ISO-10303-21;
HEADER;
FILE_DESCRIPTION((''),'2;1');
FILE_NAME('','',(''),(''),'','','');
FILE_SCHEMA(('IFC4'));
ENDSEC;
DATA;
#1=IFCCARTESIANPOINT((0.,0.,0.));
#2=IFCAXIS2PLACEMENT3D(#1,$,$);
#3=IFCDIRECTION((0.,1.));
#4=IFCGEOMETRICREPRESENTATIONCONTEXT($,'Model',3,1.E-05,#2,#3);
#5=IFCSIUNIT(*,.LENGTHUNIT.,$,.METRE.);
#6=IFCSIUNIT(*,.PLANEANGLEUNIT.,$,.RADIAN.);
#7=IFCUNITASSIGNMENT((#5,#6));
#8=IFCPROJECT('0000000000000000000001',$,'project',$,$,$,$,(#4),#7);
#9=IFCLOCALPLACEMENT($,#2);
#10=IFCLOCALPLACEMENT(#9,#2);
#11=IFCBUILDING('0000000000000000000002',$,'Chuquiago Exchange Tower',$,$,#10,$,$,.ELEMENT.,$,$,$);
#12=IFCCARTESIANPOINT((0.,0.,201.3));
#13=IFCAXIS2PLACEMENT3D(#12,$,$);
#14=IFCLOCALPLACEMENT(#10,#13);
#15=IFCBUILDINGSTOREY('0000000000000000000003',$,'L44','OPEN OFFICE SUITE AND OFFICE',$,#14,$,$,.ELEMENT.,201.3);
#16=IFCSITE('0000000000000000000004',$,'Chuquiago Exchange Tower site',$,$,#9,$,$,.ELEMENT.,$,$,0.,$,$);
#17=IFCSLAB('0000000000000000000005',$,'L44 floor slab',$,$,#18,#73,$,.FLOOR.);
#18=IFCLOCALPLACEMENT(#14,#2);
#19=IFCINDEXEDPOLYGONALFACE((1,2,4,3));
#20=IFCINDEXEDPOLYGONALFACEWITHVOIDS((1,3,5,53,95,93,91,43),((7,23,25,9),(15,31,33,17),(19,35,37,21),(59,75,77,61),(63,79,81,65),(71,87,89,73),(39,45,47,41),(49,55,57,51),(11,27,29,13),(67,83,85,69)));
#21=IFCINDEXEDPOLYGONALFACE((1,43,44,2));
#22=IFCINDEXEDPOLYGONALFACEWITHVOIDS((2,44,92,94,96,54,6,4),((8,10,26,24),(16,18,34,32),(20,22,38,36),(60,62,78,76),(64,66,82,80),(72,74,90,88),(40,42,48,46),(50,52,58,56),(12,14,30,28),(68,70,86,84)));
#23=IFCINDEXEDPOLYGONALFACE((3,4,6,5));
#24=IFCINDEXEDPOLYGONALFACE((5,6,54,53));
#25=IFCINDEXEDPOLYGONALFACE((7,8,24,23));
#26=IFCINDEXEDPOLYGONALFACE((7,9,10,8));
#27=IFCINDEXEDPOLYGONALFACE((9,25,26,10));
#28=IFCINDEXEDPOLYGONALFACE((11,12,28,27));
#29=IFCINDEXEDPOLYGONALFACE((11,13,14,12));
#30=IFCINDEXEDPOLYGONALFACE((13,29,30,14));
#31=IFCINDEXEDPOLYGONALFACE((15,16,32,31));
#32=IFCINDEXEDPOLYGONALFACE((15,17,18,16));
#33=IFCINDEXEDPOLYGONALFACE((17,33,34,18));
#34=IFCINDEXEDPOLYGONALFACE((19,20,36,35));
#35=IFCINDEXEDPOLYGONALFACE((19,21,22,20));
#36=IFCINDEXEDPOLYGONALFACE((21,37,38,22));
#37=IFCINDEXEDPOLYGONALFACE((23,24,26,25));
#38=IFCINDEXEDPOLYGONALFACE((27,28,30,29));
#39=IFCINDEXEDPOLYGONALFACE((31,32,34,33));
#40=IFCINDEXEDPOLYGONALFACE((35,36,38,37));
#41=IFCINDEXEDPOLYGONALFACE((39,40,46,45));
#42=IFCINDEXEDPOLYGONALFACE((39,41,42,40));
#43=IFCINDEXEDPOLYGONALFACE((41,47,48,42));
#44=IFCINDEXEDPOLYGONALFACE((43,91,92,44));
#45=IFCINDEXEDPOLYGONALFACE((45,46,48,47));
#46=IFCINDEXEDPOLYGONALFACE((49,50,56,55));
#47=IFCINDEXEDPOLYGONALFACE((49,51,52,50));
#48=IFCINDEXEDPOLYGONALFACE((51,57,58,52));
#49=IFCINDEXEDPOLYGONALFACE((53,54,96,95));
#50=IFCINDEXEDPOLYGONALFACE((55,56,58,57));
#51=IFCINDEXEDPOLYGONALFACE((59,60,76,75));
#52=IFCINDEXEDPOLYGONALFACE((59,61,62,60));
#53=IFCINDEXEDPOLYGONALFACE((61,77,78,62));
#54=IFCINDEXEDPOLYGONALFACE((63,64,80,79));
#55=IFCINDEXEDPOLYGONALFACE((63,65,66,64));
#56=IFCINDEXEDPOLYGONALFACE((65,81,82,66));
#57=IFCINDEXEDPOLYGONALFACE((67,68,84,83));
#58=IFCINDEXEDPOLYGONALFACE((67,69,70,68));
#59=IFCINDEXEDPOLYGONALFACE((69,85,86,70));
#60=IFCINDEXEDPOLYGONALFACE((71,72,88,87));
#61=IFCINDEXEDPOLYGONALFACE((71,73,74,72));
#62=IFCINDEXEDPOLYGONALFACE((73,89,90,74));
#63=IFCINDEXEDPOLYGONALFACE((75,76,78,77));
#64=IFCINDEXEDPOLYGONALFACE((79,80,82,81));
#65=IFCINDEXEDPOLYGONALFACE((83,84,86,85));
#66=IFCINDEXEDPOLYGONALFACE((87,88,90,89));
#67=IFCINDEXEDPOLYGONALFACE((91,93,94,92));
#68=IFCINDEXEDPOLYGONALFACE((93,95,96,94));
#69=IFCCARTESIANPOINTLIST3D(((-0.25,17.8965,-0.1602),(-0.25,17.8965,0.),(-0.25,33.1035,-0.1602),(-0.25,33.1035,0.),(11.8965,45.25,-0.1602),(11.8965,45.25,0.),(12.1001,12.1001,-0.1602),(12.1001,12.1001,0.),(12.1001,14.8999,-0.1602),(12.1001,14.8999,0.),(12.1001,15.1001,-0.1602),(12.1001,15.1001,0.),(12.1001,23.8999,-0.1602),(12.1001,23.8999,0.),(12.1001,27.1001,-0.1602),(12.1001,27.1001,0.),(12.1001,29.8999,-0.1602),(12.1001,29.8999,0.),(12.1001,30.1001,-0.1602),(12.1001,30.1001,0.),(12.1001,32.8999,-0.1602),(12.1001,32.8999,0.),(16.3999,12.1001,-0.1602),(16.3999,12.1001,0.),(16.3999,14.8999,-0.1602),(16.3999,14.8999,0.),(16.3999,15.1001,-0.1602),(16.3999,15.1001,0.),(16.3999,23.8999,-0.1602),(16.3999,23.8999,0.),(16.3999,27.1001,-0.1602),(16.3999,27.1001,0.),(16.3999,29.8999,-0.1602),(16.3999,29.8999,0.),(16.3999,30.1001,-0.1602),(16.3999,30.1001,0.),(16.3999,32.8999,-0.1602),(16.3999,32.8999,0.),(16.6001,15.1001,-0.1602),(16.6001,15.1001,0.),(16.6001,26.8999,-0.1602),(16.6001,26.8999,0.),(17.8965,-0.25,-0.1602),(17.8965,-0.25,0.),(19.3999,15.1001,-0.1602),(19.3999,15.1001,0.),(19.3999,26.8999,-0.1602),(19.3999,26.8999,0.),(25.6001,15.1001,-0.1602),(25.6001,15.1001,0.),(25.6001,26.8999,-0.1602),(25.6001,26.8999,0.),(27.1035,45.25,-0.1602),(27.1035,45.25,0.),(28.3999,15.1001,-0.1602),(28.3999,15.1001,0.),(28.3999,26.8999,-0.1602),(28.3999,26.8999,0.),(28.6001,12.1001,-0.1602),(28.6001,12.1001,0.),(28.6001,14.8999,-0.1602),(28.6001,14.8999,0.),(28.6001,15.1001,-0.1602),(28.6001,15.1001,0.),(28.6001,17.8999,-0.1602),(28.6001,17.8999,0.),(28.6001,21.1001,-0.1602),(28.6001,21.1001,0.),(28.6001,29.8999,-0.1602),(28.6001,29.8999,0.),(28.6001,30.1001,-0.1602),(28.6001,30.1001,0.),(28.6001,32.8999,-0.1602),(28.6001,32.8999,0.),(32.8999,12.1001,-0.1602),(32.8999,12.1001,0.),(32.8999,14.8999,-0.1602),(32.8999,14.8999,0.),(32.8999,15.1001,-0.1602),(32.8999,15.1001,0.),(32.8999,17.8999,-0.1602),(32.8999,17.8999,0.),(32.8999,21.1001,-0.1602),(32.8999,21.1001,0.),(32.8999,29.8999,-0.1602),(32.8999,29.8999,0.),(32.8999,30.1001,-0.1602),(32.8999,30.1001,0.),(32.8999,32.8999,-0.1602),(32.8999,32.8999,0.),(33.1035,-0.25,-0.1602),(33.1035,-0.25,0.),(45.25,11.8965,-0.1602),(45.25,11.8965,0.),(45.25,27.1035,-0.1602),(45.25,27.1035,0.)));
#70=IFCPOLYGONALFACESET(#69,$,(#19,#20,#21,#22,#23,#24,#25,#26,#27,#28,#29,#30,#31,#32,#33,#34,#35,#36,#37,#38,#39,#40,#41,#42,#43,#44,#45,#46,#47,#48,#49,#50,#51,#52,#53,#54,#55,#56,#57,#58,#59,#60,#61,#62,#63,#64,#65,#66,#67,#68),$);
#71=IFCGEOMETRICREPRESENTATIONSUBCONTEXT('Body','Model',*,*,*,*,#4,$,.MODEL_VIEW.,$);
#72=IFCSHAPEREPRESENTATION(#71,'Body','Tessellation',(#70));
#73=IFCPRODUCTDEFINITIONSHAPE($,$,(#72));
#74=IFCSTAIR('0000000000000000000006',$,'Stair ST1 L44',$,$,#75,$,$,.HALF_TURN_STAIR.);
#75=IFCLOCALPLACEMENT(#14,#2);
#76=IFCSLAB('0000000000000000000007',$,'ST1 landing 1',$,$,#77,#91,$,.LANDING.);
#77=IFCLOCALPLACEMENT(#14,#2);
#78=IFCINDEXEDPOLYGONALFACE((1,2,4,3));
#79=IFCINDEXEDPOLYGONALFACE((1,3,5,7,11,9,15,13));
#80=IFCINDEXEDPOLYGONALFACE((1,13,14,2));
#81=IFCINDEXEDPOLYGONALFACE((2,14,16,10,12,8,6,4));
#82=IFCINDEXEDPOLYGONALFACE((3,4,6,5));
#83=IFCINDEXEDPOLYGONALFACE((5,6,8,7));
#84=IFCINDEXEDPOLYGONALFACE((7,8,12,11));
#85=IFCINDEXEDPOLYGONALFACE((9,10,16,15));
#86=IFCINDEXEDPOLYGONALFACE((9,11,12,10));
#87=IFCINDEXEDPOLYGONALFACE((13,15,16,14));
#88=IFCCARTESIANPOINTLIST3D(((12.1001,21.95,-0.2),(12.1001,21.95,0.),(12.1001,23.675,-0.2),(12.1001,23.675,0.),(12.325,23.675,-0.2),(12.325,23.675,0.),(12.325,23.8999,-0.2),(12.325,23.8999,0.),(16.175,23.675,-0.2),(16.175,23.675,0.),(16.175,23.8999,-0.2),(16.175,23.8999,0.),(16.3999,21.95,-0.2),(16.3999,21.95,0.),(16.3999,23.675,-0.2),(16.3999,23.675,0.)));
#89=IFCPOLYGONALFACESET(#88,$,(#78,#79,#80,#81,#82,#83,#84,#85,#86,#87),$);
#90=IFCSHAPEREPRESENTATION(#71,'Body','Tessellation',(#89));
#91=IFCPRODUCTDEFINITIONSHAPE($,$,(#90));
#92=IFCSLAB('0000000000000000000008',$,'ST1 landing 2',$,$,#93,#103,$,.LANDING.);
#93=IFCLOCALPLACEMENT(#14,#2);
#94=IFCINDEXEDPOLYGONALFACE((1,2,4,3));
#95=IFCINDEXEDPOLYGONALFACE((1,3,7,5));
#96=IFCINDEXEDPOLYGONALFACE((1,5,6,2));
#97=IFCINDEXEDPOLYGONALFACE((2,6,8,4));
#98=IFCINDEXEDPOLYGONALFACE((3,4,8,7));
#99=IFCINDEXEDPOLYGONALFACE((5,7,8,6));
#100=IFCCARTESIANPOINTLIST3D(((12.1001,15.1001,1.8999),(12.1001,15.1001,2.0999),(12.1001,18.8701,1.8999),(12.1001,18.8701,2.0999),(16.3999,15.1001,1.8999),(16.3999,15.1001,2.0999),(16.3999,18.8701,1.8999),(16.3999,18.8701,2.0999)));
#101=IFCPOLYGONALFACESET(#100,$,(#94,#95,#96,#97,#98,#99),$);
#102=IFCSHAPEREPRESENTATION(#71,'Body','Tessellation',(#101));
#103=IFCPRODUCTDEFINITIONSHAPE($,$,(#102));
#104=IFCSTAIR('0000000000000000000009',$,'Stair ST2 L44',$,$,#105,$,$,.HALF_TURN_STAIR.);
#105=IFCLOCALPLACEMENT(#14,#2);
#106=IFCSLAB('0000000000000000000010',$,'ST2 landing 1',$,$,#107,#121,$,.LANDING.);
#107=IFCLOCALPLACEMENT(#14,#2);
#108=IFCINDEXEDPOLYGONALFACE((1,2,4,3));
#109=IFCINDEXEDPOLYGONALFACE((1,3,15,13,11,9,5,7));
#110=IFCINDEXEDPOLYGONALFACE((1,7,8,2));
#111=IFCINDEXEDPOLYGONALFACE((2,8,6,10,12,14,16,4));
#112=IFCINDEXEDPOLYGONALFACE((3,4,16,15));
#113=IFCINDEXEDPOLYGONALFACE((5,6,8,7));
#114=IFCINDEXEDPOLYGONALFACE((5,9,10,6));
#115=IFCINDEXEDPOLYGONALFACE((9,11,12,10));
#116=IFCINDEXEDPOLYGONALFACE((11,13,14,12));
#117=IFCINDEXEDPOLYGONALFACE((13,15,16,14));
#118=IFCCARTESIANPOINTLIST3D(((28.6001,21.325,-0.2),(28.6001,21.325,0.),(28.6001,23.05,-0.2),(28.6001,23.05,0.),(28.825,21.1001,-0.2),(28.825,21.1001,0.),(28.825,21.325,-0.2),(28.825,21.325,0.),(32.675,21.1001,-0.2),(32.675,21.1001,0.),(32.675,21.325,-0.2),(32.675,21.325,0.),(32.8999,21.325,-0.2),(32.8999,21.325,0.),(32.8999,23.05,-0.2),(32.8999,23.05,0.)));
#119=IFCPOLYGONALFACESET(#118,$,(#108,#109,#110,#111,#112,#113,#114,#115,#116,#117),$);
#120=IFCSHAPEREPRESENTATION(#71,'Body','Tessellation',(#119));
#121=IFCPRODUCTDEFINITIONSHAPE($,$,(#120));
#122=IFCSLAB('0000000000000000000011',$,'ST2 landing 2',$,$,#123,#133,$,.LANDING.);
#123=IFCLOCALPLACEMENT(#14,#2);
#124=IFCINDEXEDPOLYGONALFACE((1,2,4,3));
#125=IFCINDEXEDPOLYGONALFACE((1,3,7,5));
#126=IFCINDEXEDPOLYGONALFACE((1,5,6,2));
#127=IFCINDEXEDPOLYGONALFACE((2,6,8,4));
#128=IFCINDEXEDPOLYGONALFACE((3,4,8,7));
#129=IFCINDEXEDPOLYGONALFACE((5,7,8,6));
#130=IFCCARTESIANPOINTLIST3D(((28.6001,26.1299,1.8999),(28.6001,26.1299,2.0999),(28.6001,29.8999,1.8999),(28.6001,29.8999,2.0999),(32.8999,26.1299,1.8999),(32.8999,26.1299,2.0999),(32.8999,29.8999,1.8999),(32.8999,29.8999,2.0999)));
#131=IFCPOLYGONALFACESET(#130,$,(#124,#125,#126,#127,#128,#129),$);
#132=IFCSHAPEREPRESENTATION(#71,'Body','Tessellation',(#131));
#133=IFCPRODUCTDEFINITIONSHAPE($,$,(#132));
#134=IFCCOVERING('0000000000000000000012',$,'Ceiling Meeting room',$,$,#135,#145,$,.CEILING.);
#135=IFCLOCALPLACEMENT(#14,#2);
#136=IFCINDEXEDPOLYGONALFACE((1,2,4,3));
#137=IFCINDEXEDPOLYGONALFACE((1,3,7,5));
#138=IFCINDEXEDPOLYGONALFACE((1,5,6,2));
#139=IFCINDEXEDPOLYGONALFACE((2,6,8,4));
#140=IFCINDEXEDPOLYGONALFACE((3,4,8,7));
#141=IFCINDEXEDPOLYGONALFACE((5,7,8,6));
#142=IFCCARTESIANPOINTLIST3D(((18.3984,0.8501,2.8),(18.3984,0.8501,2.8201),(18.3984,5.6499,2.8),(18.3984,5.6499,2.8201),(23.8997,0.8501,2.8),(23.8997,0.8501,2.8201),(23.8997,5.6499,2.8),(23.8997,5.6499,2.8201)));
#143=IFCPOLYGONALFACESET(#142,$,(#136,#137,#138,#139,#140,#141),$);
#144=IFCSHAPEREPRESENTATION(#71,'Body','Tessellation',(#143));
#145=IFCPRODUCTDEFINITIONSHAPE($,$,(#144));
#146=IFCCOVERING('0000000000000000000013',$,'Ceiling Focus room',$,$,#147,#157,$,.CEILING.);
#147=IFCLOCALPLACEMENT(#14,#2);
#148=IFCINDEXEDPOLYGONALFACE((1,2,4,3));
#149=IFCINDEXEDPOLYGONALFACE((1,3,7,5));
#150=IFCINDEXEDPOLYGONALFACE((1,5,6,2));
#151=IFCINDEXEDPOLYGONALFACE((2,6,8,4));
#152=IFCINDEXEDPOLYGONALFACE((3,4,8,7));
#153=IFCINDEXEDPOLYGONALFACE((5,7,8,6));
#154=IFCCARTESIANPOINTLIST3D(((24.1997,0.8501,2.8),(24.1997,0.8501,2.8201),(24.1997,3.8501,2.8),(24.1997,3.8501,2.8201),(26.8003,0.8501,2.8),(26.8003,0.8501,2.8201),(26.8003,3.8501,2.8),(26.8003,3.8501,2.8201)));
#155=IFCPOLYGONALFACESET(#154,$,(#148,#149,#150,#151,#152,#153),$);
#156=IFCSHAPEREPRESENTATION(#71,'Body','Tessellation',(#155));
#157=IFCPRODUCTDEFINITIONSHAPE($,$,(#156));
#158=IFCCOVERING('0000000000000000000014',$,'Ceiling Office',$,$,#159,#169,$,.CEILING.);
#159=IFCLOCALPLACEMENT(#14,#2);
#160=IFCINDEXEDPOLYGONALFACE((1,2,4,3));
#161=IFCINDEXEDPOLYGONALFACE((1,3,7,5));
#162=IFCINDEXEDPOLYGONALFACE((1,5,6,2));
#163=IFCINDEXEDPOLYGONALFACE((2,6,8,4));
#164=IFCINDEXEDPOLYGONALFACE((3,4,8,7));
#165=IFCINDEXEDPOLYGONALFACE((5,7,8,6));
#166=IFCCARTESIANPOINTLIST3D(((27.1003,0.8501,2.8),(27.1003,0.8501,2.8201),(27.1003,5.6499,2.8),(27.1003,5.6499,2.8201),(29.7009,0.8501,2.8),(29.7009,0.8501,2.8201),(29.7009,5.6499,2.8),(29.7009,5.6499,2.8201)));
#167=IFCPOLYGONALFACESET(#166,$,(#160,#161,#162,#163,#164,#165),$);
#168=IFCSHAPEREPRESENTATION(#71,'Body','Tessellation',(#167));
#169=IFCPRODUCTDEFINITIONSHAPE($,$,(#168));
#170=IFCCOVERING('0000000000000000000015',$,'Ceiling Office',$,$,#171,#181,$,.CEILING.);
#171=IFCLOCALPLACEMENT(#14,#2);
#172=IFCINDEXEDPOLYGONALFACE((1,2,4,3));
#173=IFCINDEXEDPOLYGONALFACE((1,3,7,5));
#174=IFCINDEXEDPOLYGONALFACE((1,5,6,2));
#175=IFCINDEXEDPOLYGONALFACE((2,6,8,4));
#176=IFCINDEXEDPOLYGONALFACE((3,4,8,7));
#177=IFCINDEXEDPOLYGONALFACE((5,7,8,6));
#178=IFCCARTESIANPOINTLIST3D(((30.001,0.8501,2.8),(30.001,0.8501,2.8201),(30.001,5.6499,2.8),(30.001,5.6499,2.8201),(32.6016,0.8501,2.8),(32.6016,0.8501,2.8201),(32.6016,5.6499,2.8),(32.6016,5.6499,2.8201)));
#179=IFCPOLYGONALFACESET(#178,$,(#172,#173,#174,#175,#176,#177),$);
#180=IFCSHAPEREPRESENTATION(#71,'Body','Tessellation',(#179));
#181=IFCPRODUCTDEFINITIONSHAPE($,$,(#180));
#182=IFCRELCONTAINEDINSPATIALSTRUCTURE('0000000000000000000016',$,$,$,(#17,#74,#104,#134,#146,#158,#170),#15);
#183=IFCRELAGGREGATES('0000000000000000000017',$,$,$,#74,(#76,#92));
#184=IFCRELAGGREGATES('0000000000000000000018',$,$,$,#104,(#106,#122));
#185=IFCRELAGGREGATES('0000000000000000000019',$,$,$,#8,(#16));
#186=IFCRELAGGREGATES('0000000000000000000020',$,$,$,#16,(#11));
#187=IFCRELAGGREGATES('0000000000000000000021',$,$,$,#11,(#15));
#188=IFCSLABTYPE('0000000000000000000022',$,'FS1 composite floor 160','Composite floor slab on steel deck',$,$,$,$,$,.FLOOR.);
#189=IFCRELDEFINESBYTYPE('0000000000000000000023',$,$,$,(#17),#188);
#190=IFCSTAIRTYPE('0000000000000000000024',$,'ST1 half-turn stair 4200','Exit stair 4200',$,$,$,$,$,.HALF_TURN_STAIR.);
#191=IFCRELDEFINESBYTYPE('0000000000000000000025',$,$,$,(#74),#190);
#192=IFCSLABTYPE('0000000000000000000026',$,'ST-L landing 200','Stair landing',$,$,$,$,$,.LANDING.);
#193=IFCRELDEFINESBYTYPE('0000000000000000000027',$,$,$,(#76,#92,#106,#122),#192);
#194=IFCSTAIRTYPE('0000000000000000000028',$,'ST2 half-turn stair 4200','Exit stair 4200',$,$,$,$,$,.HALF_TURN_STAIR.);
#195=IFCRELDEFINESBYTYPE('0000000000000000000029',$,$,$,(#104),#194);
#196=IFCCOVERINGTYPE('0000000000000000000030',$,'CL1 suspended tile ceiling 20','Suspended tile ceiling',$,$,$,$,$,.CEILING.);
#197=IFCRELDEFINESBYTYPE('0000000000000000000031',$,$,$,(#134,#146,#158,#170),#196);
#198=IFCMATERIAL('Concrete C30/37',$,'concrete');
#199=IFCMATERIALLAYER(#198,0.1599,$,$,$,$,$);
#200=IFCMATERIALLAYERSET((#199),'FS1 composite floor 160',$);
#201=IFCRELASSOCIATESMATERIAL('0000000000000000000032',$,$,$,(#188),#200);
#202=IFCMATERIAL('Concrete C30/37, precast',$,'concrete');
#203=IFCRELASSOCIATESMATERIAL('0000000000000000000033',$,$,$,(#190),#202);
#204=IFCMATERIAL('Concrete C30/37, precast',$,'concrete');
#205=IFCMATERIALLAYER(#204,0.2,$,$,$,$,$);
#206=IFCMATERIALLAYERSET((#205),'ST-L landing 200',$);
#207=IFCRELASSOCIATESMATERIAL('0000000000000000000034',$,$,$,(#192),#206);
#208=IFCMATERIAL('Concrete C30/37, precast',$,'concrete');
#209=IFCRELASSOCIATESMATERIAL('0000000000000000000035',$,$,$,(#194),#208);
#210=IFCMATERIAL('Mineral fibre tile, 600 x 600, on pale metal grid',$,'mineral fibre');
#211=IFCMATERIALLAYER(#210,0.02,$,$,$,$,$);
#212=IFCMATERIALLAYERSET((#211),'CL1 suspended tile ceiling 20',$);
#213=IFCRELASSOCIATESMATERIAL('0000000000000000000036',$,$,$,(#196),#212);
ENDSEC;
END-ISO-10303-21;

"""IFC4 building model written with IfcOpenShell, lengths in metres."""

from ifc_helpers import new_model, si_unit, direction, frame, origin, place, context, subcontext, project, spatial, polyline, outline, extrude, material, layer, layer_set, type_object, element, aggregate, save


model = new_model("IFC4")

# Units and contexts
model_context = context("Model", 3, precision=1e-05, world=origin(), true_north=direction((0.0, 1.0)))
body_context = subcontext(model_context, "Body", "Model", "MODEL_VIEW")
ifc_project = project(units=[si_unit("LENGTHUNIT", "METRE"), si_unit("PLANEANGLEUNIT", "RADIAN")], contexts=[model_context])

# Site, building, storey
site_placement = place(None, origin())
site = spatial("IfcSite", under=ifc_project, at=site_placement, Name="Chuquiago Exchange Tower site", CompositionType="ELEMENT", RefElevation=0.0)
building_placement = place(site_placement, origin())
building = spatial("IfcBuilding", under=site, at=building_placement, Name="Chuquiago Exchange Tower", CompositionType="ELEMENT")
storey_placement = place(building_placement, frame((0.0, 0.0, 201.3)))
storey = spatial("IfcBuildingStorey", under=building, at=storey_placement, Name="L44", Description="OPEN OFFICE SUITE AND OFFICE", CompositionType="ELEMENT", Elevation=201.3)

# Slab
ifc_material_1 = material(Name="Concrete C30/37", Category="concrete")
ifc_layer_1 = layer(ifc_material_1, 0.1599)
ifc_layer_set_1 = layer_set([ifc_layer_1], Name="FS1 composite floor 160")
slab_type_1 = type_object("IfcSlabType", Name="FS1 composite floor 160", Description="Composite floor slab on steel deck", PredefinedType="FLOOR", material=ifc_layer_set_1)
slab_1_placement = place(storey_placement, frame((0.0, 0.0, -0.1602)))
element("IfcSlab", 1, at=slab_1_placement, inside=storey, type_object=slab_type_1, Name="L44 floor slab", PredefinedType="FLOOR", context=body_context, shape_type="SweptSolid", body=[
    extrude(outline(polyline([(17.8965, -0.25), (-0.25, 17.8965), (-0.25, 33.1035), (11.8965, 45.25), (27.1035, 45.25), (45.25, 27.1035), (45.25, 11.8965), (33.1035, -0.25), (17.8965, -0.25)]), holes=[polyline([(16.3999, 15.1001), (12.1001, 15.1001), (12.1001, 23.8999), (16.3999, 23.8999), (16.3999, 15.1001)]), polyline([(32.8999, 21.1001), (28.6001, 21.1001), (28.6001, 29.8999), (32.8999, 29.8999), (32.8999, 21.1001)]), polyline([(16.3999, 12.1001), (12.1001, 12.1001), (12.1001, 14.8999), (16.3999, 14.8999), (16.3999, 12.1001)]), polyline([(16.3999, 30.1001), (12.1001, 30.1001), (12.1001, 32.8999), (16.3999, 32.8999), (16.3999, 30.1001)]), polyline([(32.8999, 12.1001), (28.6001, 12.1001), (28.6001, 14.8999), (32.8999, 14.8999), (32.8999, 12.1001)]), polyline([(32.8999, 30.1001), (28.6001, 30.1001), (28.6001, 32.8999), (32.8999, 32.8999), (32.8999, 30.1001)]), polyline([(16.3999, 27.1001), (12.1001, 27.1001), (12.1001, 29.8999), (16.3999, 29.8999), (16.3999, 27.1001)]), polyline([(32.8999, 15.1001), (28.6001, 15.1001), (28.6001, 17.8999), (32.8999, 17.8999), (32.8999, 15.1001)]), polyline([(19.3999, 15.1001), (16.6001, 15.1001), (16.6001, 26.8999), (19.3999, 26.8999), (19.3999, 15.1001)]), polyline([(28.3999, 15.1001), (25.6001, 15.1001), (25.6001, 26.8999), (28.3999, 26.8999), (28.3999, 15.1001)])]), origin(), (0.0, 0.0, 1.0), 0.1602),
])

# Stairs, slabs
ifc_material_2 = material(Name="Concrete C30/37, precast", Category="concrete")
stair_type_1 = type_object("IfcStairType", Name="ST1 half-turn stair 4200", Description="Exit stair 4200", PredefinedType="HALF_TURN_STAIR", material=ifc_material_2)
stair_1_placement = place(storey_placement, origin())
stair_1 = element("IfcStair", 2, at=stair_1_placement, inside=storey, type_object=stair_type_1, Name="Stair ST1 L44", PredefinedType="HALF_TURN_STAIR")
ifc_material_3 = material(Name="Concrete C30/37, precast", Category="concrete")
ifc_layer_2 = layer(ifc_material_3, 0.2)
ifc_layer_set_2 = layer_set([ifc_layer_2], Name="ST-L landing 200")
slab_type_2 = type_object("IfcSlabType", Name="ST-L landing 200", Description="Stair landing", PredefinedType="LANDING", material=ifc_layer_set_2)
slab_2_placement = place(storey_placement, frame((0.0, 0.0, -0.2)))
slab_2 = element("IfcSlab", 3, at=slab_2_placement, type_object=slab_type_2, Name="ST1 landing 1", PredefinedType="LANDING", context=body_context, shape_type="SweptSolid", body=[
    extrude(outline(polyline([(12.325, 23.8999), (16.175, 23.8999), (16.175, 23.675), (16.3999, 23.675), (16.3999, 21.95), (12.1001, 21.95), (12.1001, 23.675), (12.325, 23.675), (12.325, 23.8999)])), origin(), (0.0, 0.0, 1.0), 0.2),
])
slab_3_placement = place(storey_placement, frame((0.0, 0.0, 1.8999)))
slab_3 = element("IfcSlab", 4, at=slab_3_placement, type_object=slab_type_2, Name="ST1 landing 2", PredefinedType="LANDING", context=body_context, shape_type="SweptSolid", body=[
    extrude(outline(polyline([(12.1001, 18.8701), (16.3999, 18.8701), (16.3999, 15.1001), (12.1001, 15.1001), (12.1001, 18.8701)])), origin(), (0.0, 0.0, 1.0), 0.2),
])
aggregate(stair_1, [slab_2, slab_3])
ifc_material_4 = material(Name="Concrete C30/37, precast", Category="concrete")
stair_type_2 = type_object("IfcStairType", Name="ST2 half-turn stair 4200", Description="Exit stair 4200", PredefinedType="HALF_TURN_STAIR", material=ifc_material_4)
stair_2_placement = place(storey_placement, origin())
stair_2 = element("IfcStair", 5, at=stair_2_placement, inside=storey, type_object=stair_type_2, Name="Stair ST2 L44", PredefinedType="HALF_TURN_STAIR")
slab_4_placement = place(storey_placement, frame((0.0, 0.0, -0.2)))
slab_4 = element("IfcSlab", 6, at=slab_4_placement, type_object=slab_type_2, Name="ST2 landing 1", PredefinedType="LANDING", context=body_context, shape_type="SweptSolid", body=[
    extrude(outline(polyline([(32.675, 21.325), (32.675, 21.1001), (28.825, 21.1001), (28.825, 21.325), (28.6001, 21.325), (28.6001, 23.05), (32.8999, 23.05), (32.8999, 21.325), (32.675, 21.325)])), origin(), (0.0, 0.0, 1.0), 0.2),
])
slab_5_placement = place(storey_placement, frame((0.0, 0.0, 1.8999)))
slab_5 = element("IfcSlab", 7, at=slab_5_placement, type_object=slab_type_2, Name="ST2 landing 2", PredefinedType="LANDING", context=body_context, shape_type="SweptSolid", body=[
    extrude(outline(polyline([(28.6001, 29.8999), (32.8999, 29.8999), (32.8999, 26.1299), (28.6001, 26.1299), (28.6001, 29.8999)])), origin(), (0.0, 0.0, 1.0), 0.2),
])
aggregate(stair_2, [slab_4, slab_5])

# Coverings
ifc_material_5 = material(Name="Mineral fibre tile, 600 x 600, on pale metal grid", Category="mineral fibre")
ifc_layer_3 = layer(ifc_material_5, 0.02)
ifc_layer_set_3 = layer_set([ifc_layer_3], Name="CL1 suspended tile ceiling 20")
covering_type_1 = type_object("IfcCoveringType", Name="CL1 suspended tile ceiling 20", Description="Suspended tile ceiling", PredefinedType="CEILING", material=ifc_layer_set_3)
covering_1_placement = place(storey_placement, frame((0.0, 0.0, 2.8)))
element("IfcCovering", 8, at=covering_1_placement, inside=storey, type_object=covering_type_1, Name="Ceiling Meeting room", PredefinedType="CEILING", context=body_context, shape_type="SweptSolid", body=[
    extrude(outline(polyline([(18.3984, 5.6499), (23.8997, 5.6499), (23.8997, 0.8501), (18.3984, 0.8501), (18.3984, 5.6499)])), origin(), (0.0, 0.0, 1.0), 0.02),
])
covering_2_placement = place(storey_placement, frame((0.0, 0.0, 2.8)))
element("IfcCovering", 9, at=covering_2_placement, inside=storey, type_object=covering_type_1, Name="Ceiling Focus room", PredefinedType="CEILING", context=body_context, shape_type="SweptSolid", body=[
    extrude(outline(polyline([(24.1997, 3.8501), (26.8003, 3.8501), (26.8003, 0.8501), (24.1997, 0.8501), (24.1997, 3.8501)])), origin(), (0.0, 0.0, 1.0), 0.02),
])
covering_3_placement = place(storey_placement, frame((0.0, 0.0, 2.8)))
element("IfcCovering", 10, at=covering_3_placement, inside=storey, type_object=covering_type_1, Name="Ceiling Office", PredefinedType="CEILING", context=body_context, shape_type="SweptSolid", body=[
    extrude(outline(polyline([(27.1003, 5.6499), (29.7009, 5.6499), (29.7009, 0.8501), (27.1003, 0.8501), (27.1003, 5.6499)])), origin(), (0.0, 0.0, 1.0), 0.02),
])
covering_4_placement = place(storey_placement, frame((0.0, 0.0, 2.8)))
element("IfcCovering", 11, at=covering_4_placement, inside=storey, type_object=covering_type_1, Name="Ceiling Office", PredefinedType="CEILING", context=body_context, shape_type="SweptSolid", body=[
    extrude(outline(polyline([(30.001, 0.8501), (30.001, 5.6499), (32.6016, 5.6499), (32.6016, 0.8501), (30.001, 0.8501)])), origin(), (0.0, 0.0, 1.0), 0.02),
])

save(model, "model.ifc")
